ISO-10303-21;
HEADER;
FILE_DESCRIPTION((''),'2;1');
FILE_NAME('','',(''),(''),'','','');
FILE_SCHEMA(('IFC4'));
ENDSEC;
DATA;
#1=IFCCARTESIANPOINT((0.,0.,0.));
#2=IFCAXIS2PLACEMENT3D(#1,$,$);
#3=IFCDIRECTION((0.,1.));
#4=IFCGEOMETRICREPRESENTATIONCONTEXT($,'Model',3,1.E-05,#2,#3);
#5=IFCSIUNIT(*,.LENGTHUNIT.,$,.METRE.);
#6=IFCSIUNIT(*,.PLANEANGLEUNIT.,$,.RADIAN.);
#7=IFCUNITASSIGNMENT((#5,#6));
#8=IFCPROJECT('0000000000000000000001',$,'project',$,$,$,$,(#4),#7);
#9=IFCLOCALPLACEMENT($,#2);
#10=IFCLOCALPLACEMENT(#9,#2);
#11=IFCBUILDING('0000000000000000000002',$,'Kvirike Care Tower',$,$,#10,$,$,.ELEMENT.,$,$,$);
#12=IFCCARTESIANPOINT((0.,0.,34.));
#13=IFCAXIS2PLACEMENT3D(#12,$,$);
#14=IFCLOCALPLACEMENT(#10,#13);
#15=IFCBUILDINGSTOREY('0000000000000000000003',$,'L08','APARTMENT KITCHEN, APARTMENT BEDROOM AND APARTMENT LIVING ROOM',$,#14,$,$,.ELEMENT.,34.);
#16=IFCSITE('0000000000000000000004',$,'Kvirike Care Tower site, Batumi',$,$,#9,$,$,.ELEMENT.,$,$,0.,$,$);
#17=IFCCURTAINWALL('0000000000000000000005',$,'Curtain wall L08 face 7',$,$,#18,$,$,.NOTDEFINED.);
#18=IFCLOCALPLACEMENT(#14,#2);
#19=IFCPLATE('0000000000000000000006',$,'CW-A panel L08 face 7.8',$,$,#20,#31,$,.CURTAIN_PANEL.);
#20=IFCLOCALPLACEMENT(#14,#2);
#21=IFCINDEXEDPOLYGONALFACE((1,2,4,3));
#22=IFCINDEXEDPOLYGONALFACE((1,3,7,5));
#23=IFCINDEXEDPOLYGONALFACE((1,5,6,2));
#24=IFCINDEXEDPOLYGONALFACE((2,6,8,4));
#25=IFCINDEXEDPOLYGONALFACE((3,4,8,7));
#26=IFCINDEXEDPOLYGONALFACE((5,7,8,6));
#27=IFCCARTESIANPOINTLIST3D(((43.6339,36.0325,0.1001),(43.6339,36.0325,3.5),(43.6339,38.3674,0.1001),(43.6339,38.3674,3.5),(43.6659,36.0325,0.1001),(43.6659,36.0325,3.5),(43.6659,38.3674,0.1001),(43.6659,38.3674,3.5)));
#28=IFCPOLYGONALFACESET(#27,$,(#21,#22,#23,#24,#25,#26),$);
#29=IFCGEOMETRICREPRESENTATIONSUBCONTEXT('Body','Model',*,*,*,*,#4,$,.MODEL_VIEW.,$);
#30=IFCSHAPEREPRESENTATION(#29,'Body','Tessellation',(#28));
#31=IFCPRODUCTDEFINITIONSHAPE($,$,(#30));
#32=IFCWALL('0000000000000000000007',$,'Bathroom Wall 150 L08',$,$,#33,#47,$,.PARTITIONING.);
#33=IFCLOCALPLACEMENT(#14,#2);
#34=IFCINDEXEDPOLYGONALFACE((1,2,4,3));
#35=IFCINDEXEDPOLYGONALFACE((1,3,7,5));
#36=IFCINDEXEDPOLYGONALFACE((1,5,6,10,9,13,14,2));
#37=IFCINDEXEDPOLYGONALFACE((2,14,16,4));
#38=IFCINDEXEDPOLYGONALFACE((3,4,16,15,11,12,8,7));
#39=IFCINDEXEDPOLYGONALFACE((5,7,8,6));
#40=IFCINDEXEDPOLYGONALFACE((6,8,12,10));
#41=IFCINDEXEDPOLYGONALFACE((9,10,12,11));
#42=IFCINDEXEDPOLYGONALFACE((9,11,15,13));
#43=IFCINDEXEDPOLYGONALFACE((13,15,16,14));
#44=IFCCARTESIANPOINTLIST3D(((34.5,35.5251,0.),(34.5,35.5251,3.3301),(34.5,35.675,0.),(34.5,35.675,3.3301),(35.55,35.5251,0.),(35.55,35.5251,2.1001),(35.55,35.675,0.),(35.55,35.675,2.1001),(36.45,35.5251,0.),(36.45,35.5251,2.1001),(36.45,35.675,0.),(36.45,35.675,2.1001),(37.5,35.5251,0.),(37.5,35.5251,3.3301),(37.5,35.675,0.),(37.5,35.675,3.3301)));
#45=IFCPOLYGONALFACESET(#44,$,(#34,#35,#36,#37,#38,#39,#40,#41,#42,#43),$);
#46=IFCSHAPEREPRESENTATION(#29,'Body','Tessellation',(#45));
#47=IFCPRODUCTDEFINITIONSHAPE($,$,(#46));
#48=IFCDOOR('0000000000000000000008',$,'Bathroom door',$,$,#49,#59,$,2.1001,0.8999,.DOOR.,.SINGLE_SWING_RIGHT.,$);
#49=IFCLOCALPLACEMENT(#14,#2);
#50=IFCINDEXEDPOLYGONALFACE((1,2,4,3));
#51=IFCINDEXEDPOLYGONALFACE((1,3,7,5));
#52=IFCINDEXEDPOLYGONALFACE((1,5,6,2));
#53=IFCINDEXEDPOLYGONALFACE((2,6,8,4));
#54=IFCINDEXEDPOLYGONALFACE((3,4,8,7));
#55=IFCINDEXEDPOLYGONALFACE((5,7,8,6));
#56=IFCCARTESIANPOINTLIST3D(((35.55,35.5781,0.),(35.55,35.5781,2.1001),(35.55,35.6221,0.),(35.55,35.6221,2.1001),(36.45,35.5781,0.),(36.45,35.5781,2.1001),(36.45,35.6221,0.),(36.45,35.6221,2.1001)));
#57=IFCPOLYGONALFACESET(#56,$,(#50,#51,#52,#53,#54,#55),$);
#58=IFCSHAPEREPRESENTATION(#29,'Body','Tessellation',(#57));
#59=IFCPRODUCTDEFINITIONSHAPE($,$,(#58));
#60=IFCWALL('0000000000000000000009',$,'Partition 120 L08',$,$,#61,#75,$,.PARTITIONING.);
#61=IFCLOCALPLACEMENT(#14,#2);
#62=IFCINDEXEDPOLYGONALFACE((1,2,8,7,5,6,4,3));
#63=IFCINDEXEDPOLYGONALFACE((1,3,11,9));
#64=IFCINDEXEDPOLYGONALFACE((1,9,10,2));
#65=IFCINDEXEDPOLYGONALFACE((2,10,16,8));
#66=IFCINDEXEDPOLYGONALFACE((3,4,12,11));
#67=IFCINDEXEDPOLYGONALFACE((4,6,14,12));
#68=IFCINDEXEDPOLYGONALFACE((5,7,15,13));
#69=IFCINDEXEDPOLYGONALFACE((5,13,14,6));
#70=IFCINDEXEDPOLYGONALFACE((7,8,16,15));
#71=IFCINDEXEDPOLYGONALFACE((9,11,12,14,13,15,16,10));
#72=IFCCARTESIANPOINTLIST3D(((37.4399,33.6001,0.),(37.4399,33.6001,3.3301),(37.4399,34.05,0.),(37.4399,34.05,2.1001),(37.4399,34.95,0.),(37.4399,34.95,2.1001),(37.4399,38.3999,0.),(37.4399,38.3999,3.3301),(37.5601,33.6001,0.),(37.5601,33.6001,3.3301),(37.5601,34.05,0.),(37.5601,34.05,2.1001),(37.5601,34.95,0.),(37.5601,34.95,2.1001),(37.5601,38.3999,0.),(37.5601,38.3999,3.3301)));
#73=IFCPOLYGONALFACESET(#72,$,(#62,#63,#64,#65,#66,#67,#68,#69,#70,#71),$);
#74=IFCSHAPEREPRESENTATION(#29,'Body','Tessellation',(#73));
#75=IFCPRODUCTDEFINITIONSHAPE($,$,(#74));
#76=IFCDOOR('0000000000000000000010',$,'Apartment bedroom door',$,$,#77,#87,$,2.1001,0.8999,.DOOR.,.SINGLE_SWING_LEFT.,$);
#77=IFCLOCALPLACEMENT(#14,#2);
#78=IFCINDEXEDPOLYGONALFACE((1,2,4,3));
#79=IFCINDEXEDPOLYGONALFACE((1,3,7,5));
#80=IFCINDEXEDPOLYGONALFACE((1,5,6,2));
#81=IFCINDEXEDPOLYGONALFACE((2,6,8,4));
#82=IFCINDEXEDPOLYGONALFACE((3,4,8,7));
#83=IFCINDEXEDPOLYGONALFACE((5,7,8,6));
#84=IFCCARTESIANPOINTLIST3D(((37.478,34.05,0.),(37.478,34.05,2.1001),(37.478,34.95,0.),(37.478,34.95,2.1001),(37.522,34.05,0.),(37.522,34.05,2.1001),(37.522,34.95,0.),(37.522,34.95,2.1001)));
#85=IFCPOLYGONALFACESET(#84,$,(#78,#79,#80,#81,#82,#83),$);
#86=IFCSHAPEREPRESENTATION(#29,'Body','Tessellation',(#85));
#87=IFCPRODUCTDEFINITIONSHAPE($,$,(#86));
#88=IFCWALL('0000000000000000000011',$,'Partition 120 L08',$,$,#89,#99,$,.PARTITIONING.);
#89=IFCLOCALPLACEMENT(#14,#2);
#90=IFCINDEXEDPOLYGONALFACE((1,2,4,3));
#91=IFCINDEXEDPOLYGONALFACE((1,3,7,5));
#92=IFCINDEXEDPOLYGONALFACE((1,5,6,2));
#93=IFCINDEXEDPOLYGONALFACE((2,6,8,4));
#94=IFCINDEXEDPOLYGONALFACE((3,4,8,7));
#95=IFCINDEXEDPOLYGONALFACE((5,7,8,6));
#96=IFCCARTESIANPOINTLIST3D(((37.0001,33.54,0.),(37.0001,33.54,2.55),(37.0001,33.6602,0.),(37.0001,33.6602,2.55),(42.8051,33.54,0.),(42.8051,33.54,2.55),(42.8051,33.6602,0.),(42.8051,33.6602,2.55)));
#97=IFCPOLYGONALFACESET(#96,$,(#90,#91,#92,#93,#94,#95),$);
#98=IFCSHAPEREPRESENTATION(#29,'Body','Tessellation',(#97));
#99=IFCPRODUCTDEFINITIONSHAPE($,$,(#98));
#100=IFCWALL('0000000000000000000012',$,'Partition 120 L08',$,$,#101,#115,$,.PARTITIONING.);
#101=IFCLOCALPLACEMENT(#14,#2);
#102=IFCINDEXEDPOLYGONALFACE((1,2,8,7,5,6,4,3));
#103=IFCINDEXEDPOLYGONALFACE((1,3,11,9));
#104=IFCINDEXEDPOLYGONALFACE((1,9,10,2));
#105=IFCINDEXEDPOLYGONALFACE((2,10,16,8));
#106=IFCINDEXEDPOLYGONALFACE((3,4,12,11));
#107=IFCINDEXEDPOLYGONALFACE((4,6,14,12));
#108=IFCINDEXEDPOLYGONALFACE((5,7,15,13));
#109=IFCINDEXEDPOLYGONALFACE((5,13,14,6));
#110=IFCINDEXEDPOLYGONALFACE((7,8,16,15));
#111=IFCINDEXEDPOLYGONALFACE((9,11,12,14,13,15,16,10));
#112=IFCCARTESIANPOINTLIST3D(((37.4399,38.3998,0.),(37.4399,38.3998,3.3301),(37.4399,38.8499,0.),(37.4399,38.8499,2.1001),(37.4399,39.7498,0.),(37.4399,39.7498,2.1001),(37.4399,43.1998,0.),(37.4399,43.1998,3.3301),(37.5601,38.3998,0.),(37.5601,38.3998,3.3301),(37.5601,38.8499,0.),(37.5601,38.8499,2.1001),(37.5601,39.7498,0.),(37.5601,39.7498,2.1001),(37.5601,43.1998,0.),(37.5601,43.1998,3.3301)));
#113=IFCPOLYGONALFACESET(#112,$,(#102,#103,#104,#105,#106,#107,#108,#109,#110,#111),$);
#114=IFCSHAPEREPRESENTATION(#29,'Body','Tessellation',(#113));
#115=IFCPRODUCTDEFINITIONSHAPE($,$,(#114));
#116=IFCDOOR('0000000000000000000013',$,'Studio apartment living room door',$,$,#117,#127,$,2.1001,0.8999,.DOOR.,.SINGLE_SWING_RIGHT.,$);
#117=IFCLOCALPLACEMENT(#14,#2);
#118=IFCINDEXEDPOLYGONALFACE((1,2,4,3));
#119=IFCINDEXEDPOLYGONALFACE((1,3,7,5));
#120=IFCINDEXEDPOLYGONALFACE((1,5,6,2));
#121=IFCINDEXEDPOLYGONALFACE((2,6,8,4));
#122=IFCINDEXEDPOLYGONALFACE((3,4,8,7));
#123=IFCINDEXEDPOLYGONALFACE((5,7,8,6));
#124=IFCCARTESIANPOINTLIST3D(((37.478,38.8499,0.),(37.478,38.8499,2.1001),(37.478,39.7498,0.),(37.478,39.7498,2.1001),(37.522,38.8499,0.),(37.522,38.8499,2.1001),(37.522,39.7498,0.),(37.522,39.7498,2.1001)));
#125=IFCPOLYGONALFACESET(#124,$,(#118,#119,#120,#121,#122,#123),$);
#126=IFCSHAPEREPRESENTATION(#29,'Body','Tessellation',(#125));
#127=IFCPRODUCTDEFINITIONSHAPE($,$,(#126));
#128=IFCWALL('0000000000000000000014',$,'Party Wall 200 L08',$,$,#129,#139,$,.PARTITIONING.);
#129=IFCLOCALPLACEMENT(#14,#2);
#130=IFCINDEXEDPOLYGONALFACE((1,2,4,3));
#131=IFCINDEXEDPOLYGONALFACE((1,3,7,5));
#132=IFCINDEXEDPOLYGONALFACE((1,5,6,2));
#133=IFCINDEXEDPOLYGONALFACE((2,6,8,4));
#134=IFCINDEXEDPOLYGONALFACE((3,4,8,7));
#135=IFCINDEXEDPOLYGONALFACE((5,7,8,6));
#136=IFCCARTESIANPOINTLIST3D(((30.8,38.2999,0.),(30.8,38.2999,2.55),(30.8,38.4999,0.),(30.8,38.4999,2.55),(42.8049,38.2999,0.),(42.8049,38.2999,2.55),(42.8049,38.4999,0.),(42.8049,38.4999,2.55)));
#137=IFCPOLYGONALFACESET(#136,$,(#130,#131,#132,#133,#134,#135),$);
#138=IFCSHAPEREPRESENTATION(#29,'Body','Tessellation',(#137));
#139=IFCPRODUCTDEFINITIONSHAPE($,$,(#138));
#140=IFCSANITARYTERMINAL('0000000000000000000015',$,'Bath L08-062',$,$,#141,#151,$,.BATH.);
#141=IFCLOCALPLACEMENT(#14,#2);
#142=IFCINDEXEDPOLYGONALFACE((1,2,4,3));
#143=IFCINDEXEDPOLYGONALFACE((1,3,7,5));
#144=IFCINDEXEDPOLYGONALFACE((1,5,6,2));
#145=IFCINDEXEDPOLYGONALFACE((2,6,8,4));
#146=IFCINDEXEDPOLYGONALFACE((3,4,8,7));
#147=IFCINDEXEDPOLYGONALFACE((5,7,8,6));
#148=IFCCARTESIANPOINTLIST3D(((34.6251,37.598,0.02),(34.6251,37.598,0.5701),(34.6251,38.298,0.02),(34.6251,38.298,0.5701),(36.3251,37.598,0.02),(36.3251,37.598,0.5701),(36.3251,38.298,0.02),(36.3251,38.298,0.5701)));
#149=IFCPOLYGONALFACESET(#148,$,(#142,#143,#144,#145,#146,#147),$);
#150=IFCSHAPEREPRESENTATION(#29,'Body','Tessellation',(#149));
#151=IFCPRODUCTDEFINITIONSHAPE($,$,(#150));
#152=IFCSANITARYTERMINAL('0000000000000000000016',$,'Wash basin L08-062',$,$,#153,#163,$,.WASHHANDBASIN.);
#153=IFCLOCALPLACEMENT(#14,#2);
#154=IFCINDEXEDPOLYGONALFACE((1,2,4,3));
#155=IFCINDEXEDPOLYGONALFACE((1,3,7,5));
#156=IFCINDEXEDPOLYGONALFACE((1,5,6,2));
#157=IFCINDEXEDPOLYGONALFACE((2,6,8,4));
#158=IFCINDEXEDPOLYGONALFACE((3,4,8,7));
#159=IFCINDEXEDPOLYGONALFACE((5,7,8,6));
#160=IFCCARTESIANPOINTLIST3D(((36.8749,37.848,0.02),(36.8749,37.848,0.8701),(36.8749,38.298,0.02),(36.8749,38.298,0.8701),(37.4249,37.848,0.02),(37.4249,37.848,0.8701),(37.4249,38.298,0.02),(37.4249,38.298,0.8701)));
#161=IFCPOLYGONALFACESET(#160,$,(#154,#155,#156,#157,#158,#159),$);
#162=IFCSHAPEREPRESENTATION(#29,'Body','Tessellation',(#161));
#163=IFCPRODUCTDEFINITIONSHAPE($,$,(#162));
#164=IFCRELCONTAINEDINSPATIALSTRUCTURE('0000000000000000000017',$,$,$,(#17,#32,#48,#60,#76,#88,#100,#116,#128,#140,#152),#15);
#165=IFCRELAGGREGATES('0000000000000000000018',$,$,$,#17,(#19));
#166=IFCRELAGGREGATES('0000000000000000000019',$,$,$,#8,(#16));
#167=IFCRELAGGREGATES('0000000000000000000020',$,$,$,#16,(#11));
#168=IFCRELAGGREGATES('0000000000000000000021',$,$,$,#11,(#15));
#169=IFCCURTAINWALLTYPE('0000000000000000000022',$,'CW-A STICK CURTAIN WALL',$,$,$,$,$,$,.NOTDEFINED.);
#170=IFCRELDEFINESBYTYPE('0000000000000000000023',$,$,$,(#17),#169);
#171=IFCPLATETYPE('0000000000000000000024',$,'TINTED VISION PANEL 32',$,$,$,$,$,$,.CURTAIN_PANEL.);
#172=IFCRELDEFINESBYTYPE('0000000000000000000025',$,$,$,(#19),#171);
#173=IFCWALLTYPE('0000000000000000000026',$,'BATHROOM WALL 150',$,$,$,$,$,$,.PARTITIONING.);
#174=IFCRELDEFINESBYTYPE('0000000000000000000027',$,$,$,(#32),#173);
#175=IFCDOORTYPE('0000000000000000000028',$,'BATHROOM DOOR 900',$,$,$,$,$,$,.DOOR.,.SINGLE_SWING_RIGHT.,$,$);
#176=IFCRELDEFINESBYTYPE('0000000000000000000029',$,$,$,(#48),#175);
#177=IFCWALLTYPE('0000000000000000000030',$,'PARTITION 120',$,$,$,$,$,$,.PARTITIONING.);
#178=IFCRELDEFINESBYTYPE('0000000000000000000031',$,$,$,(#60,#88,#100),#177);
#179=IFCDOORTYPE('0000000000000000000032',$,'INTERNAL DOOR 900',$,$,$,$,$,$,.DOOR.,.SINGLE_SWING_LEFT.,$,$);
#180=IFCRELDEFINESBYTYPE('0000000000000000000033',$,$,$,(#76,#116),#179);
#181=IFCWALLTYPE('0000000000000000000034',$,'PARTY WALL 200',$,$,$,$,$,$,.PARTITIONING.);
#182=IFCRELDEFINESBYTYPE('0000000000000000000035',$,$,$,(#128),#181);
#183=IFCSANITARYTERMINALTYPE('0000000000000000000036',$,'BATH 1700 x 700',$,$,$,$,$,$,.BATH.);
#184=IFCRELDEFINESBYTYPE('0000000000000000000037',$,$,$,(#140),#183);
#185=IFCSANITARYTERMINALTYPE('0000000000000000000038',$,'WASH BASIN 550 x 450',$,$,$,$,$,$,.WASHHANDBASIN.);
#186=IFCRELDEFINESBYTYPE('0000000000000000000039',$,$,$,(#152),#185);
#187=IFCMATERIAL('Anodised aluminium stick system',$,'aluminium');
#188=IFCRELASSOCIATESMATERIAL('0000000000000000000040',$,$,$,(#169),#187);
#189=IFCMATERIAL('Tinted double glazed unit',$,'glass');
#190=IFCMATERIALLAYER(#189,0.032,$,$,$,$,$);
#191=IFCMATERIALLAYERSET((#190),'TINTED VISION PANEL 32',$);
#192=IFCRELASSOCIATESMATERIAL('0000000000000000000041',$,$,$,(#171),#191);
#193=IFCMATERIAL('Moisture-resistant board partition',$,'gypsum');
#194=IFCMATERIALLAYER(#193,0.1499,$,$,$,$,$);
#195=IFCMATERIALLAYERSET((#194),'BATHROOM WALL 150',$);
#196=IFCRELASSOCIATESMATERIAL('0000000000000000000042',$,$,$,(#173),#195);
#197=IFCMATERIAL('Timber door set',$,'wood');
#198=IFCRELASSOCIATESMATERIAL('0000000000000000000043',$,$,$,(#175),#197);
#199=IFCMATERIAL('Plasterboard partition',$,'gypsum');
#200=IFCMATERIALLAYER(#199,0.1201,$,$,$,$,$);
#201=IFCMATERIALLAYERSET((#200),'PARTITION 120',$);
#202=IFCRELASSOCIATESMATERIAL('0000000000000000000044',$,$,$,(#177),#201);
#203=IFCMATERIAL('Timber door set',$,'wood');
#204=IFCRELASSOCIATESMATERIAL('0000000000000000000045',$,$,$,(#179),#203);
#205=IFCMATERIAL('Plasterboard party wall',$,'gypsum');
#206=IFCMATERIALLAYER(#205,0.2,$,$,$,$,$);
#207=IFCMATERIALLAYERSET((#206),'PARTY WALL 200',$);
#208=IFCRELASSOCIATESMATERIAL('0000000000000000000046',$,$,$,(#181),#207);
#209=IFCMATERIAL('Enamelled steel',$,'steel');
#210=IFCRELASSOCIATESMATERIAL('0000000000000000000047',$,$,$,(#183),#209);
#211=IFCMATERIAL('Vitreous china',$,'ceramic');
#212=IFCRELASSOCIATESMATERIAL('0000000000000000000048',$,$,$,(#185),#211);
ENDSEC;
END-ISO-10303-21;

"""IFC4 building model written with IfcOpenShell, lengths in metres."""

from ifc_helpers import new_model, si_unit, direction, frame, frame_2d, origin, origin_2d, place, context, subcontext, project, spatial, rectangle, extrude, material, layer, layer_set, type_object, element, fill, aggregate, save


model = new_model("IFC4")

# Units and contexts
model_context = context("Model", 3, precision=1e-05, world=origin(), true_north=direction((0.0, 1.0)))
body_context = subcontext(model_context, "Body", "Model", "MODEL_VIEW")
ifc_project = project(units=[si_unit("LENGTHUNIT", "METRE"), si_unit("PLANEANGLEUNIT", "RADIAN")], contexts=[model_context])

# Site, building, storey
site_placement = place(None, origin())
site = spatial("IfcSite", under=ifc_project, at=site_placement, Name="Kvirike Care Tower site, Batumi", CompositionType="ELEMENT", RefElevation=0.0)
building_placement = place(site_placement, origin())
building = spatial("IfcBuilding", under=site, at=building_placement, Name="Kvirike Care Tower", CompositionType="ELEMENT")
storey_placement = place(building_placement, frame((0.0, 0.0, 34.0)))
storey = spatial("IfcBuildingStorey", under=building, at=storey_placement, Name="L08", Description="APARTMENT KITCHEN, APARTMENT BEDROOM AND APARTMENT LIVING ROOM", CompositionType="ELEMENT", Elevation=34.0)

# Curtain wall
ifc_material_1 = material(Name="Anodised aluminium stick system", Category="aluminium")
curtain_wall_type = type_object("IfcCurtainWallType", Name="CW-A STICK CURTAIN WALL", PredefinedType="NOTDEFINED", material=ifc_material_1)
curtain_wall_placement = place(storey_placement, origin())
curtain_wall = element("IfcCurtainWall", 1, at=curtain_wall_placement, inside=storey, type_object=curtain_wall_type, Name="Curtain wall L08 face 7", PredefinedType="NOTDEFINED")

# Plate
ifc_material_2 = material(Name="Tinted double glazed unit", Category="glass")
ifc_layer_1 = layer(ifc_material_2, 0.032)
ifc_layer_set_1 = layer_set([ifc_layer_1], Name="TINTED VISION PANEL 32")
plate_type = type_object("IfcPlateType", Name="TINTED VISION PANEL 32", PredefinedType="CURTAIN_PANEL", material=ifc_layer_set_1)
plate_1_placement = place(storey_placement, frame((43.6499, 37.2, 0.1001), z_axis=(0.0, 0.0, 1.0), x_axis=(0.0, 1.0, 0.0)))
plate_1 = element("IfcPlate", 2, at=plate_1_placement, type_object=plate_type, Name="CW-A panel L08 face 7.8", PredefinedType="CURTAIN_PANEL", context=body_context, shape_type="SweptSolid", body=[
    extrude(rectangle(XDim=2.335, YDim=0.032, at=origin_2d()), origin(), (0.0, 0.0, 1.0), 3.3999),
])
aggregate(curtain_wall, [plate_1])

# Walls, openings, doors
ifc_material_3 = material(Name="Moisture-resistant board partition", Category="gypsum")
ifc_layer_2 = layer(ifc_material_3, 0.1499)
ifc_layer_set_2 = layer_set([ifc_layer_2], Name="BATHROOM WALL 150")
wall_type_1 = type_object("IfcWallType", Name="BATHROOM WALL 150", PredefinedType="PARTITIONING", material=ifc_layer_set_2)
wall_1_placement = place(storey_placement, frame((37.5, 35.6001, 0.0), z_axis=(0.0, 0.0, 1.0), x_axis=(-1.0, 0.0, 0.0)))
wall_1 = element("IfcWall", 3, at=wall_1_placement, inside=storey, type_object=wall_type_1, Name="Bathroom Wall 150 L08", PredefinedType="PARTITIONING", context=body_context, shape_type="SweptSolid", body=[
    extrude(rectangle(XDim=3.0, YDim=0.1499, at=frame_2d((1.5, 0.0))), origin(), (0.0, 0.0, 1.0), 3.3301),
])
opening_1_placement = place(wall_1_placement, frame((1.05, 0.0, 0.0)))
opening_1 = element("IfcOpeningElement", 4, at=opening_1_placement, cuts=wall_1, PredefinedType="OPENING", context=body_context, shape_type="SweptSolid", body=[
    extrude(rectangle(XDim=0.8999, YDim=2.1001, at=frame_2d((0.45, 1.05))), frame((0.0, 0.0854, 0.0), z_axis=(0.0, -1.0, 0.0), x_axis=(1.0, 0.0, 0.0)), (0.0, 0.0, 1.0), 0.1709),
])
ifc_material_4 = material(Name="Timber door set", Category="wood")
door_type_1 = type_object("IfcDoorType", Name="BATHROOM DOOR 900", OperationType="SINGLE_SWING_RIGHT", PredefinedType="DOOR", material=ifc_material_4)
door_1_placement = place(opening_1_placement, frame((0.8999, 0.0, 0.0), z_axis=(0.0, 0.0, 1.0), x_axis=(-1.0, 0.0, 0.0)))
door_1 = element("IfcDoor", 5, at=door_1_placement, inside=storey, type_object=door_type_1, Name="Bathroom door", OperationType="SINGLE_SWING_RIGHT", OverallHeight=2.1001, OverallWidth=0.8999, PredefinedType="DOOR", context=body_context, shape_type="SweptSolid", body=[
    extrude(rectangle(XDim=0.8999, YDim=2.1001, at=frame_2d((0.45, 1.05))), frame((0.0, 0.022, 0.0), z_axis=(0.0, -1.0, 0.0), x_axis=(1.0, 0.0, 0.0)), (0.0, 0.0, 1.0), 0.0439),
])
fill(opening_1, door_1)
ifc_material_5 = material(Name="Plasterboard partition", Category="gypsum")
ifc_layer_3 = layer(ifc_material_5, 0.1201)
ifc_layer_set_3 = layer_set([ifc_layer_3], Name="PARTITION 120")
wall_type_2 = type_object("IfcWallType", Name="PARTITION 120", PredefinedType="PARTITIONING", material=ifc_layer_set_3)
wall_2_placement = place(storey_placement, frame((37.5, 33.6001, 0.0), z_axis=(0.0, 0.0, 1.0), x_axis=(0.0, 1.0, 0.0)))
wall_2 = element("IfcWall", 6, at=wall_2_placement, inside=storey, type_object=wall_type_2, Name="Partition 120 L08", PredefinedType="PARTITIONING", context=body_context, shape_type="SweptSolid", body=[
    extrude(rectangle(XDim=4.7998, YDim=0.1201, at=frame_2d((2.3999, 0.0))), origin(), (0.0, 0.0, 1.0), 3.3301),
])
opening_2_placement = place(wall_2_placement, frame((0.45, 0.0, 0.0)))
opening_2 = element("IfcOpeningElement", 7, at=opening_2_placement, cuts=wall_2, PredefinedType="OPENING", context=body_context, shape_type="SweptSolid", body=[
    extrude(rectangle(XDim=0.8999, YDim=2.1001, at=frame_2d((0.45, 1.05))), frame((0.0, 0.0706, 0.0), z_axis=(0.0, -1.0, 0.0), x_axis=(1.0, 0.0, 0.0)), (0.0, 0.0, 1.0), 0.1411),
])
ifc_material_6 = material(Name="Timber door set", Category="wood")
door_type_2 = type_object("IfcDoorType", Name="INTERNAL DOOR 900", OperationType="SINGLE_SWING_LEFT", PredefinedType="DOOR", material=ifc_material_6)
door_2_placement = place(opening_2_placement, origin())
door_2 = element("IfcDoor", 8, at=door_2_placement, inside=storey, type_object=door_type_2, Name="Apartment bedroom door", OperationType="SINGLE_SWING_LEFT", OverallHeight=2.1001, OverallWidth=0.8999, PredefinedType="DOOR", context=body_context, shape_type="SweptSolid", body=[
    extrude(rectangle(XDim=0.8999, YDim=2.1001, at=frame_2d((0.45, 1.05))), frame((0.0, 0.022, 0.0), z_axis=(0.0, -1.0, 0.0), x_axis=(1.0, 0.0, 0.0)), (0.0, 0.0, 1.0), 0.0439),
])
fill(opening_2, door_2)

# Wall
wall_3_placement = place(storey_placement, frame((42.8049, 33.6001, 0.0), z_axis=(0.0, 0.0, 1.0), x_axis=(-1.0, 0.0, 0.0)))
element("IfcWall", 9, at=wall_3_placement, inside=storey, type_object=wall_type_2, Name="Partition 120 L08", PredefinedType="PARTITIONING", context=body_context, shape_type="SweptSolid", body=[
    extrude(rectangle(XDim=5.8049, YDim=0.1201, at=frame_2d((2.9023, 0.0))), origin(), (0.0, 0.0, 1.0), 2.55),
])

# Wall, opening, door
wall_4_placement = place(storey_placement, frame((37.5, 38.3999, 0.0), z_axis=(0.0, 0.0, 1.0), x_axis=(0.0, 1.0, 0.0)))
wall_4 = element("IfcWall", 10, at=wall_4_placement, inside=storey, type_object=wall_type_2, Name="Partition 120 L08", PredefinedType="PARTITIONING", context=body_context, shape_type="SweptSolid", body=[
    extrude(rectangle(XDim=4.8, YDim=0.1201, at=frame_2d((2.3999, 0.0))), origin(), (0.0, 0.0, 1.0), 3.3301),
])
opening_3_placement = place(wall_4_placement, frame((0.45, 0.0, 0.0)))
opening_3 = element("IfcOpeningElement", 11, at=opening_3_placement, cuts=wall_4, PredefinedType="OPENING", context=body_context, shape_type="SweptSolid", body=[
    extrude(rectangle(XDim=0.8999, YDim=2.1001, at=frame_2d((0.45, 1.05))), frame((0.0, 0.0706, 0.0), z_axis=(0.0, -1.0, 0.0), x_axis=(1.0, 0.0, 0.0)), (0.0, 0.0, 1.0), 0.1411),
])
door_3_placement = place(opening_3_placement, origin())
door_3 = element("IfcDoor", 12, at=door_3_placement, inside=storey, type_object=door_type_2, Name="Studio apartment living room door", OperationType="SINGLE_SWING_RIGHT", OverallHeight=2.1001, OverallWidth=0.8999, PredefinedType="DOOR", context=body_context, shape_type="SweptSolid", body=[
    extrude(rectangle(XDim=0.8999, YDim=2.1001, at=frame_2d((0.45, 1.05))), frame((0.0, 0.022, 0.0), z_axis=(0.0, -1.0, 0.0), x_axis=(1.0, 0.0, 0.0)), (0.0, 0.0, 1.0), 0.0439),
])
fill(opening_3, door_3)

# Wall
ifc_material_7 = material(Name="Plasterboard party wall", Category="gypsum")
ifc_layer_4 = layer(ifc_material_7, 0.2)
ifc_layer_set_4 = layer_set([ifc_layer_4], Name="PARTY WALL 200")
wall_type_3 = type_object("IfcWallType", Name="PARTY WALL 200", PredefinedType="PARTITIONING", material=ifc_layer_set_4)
wall_5_placement = place(storey_placement, frame((42.8049, 38.3999, 0.0), z_axis=(0.0, 0.0, 1.0), x_axis=(-1.0, 0.0, 0.0)))
element("IfcWall", 13, at=wall_5_placement, inside=storey, type_object=wall_type_3, Name="Party Wall 200 L08", PredefinedType="PARTITIONING", context=body_context, shape_type="SweptSolid", body=[
    extrude(rectangle(XDim=12.0049, YDim=0.2, at=frame_2d((6.0024, 0.0))), origin(), (0.0, 0.0, 1.0), 2.55),
])

# Sanitary terminals
ifc_material_8 = material(Name="Enamelled steel", Category="steel")
sanitary_terminal_type_1 = type_object("IfcSanitaryTerminalType", Name="BATH 1700 x 700", PredefinedType="BATH", material=ifc_material_8)
sanitary_terminal_1_placement = place(storey_placement, frame((35.4751, 37.948, 0.02), z_axis=(0.0, 0.0, 1.0), x_axis=(1.0, 0.0, 0.0)))
element("IfcSanitaryTerminal", 14, at=sanitary_terminal_1_placement, inside=storey, type_object=sanitary_terminal_type_1, Name="Bath L08-062", PredefinedType="BATH", context=body_context, shape_type="SweptSolid", body=[
    extrude(rectangle(XDim=1.7, YDim=0.7, at=origin_2d()), origin(), (0.0, 0.0, 1.0), 0.55),
])
ifc_material_9 = material(Name="Vitreous china", Category="ceramic")
sanitary_terminal_type_2 = type_object("IfcSanitaryTerminalType", Name="WASH BASIN 550 x 450", PredefinedType="WASHHANDBASIN", material=ifc_material_9)
sanitary_terminal_2_placement = place(storey_placement, frame((37.1499, 38.073, 0.02), z_axis=(0.0, 0.0, 1.0), x_axis=(1.0, 0.0, 0.0)))
element("IfcSanitaryTerminal", 15, at=sanitary_terminal_2_placement, inside=storey, type_object=sanitary_terminal_type_2, Name="Wash basin L08-062", PredefinedType="WASHHANDBASIN", context=body_context, shape_type="SweptSolid", body=[
    extrude(rectangle(XDim=0.55, YDim=0.45, at=origin_2d()), origin(), (0.0, 0.0, 1.0), 0.8501),
])

save(model, "model.ifc")
